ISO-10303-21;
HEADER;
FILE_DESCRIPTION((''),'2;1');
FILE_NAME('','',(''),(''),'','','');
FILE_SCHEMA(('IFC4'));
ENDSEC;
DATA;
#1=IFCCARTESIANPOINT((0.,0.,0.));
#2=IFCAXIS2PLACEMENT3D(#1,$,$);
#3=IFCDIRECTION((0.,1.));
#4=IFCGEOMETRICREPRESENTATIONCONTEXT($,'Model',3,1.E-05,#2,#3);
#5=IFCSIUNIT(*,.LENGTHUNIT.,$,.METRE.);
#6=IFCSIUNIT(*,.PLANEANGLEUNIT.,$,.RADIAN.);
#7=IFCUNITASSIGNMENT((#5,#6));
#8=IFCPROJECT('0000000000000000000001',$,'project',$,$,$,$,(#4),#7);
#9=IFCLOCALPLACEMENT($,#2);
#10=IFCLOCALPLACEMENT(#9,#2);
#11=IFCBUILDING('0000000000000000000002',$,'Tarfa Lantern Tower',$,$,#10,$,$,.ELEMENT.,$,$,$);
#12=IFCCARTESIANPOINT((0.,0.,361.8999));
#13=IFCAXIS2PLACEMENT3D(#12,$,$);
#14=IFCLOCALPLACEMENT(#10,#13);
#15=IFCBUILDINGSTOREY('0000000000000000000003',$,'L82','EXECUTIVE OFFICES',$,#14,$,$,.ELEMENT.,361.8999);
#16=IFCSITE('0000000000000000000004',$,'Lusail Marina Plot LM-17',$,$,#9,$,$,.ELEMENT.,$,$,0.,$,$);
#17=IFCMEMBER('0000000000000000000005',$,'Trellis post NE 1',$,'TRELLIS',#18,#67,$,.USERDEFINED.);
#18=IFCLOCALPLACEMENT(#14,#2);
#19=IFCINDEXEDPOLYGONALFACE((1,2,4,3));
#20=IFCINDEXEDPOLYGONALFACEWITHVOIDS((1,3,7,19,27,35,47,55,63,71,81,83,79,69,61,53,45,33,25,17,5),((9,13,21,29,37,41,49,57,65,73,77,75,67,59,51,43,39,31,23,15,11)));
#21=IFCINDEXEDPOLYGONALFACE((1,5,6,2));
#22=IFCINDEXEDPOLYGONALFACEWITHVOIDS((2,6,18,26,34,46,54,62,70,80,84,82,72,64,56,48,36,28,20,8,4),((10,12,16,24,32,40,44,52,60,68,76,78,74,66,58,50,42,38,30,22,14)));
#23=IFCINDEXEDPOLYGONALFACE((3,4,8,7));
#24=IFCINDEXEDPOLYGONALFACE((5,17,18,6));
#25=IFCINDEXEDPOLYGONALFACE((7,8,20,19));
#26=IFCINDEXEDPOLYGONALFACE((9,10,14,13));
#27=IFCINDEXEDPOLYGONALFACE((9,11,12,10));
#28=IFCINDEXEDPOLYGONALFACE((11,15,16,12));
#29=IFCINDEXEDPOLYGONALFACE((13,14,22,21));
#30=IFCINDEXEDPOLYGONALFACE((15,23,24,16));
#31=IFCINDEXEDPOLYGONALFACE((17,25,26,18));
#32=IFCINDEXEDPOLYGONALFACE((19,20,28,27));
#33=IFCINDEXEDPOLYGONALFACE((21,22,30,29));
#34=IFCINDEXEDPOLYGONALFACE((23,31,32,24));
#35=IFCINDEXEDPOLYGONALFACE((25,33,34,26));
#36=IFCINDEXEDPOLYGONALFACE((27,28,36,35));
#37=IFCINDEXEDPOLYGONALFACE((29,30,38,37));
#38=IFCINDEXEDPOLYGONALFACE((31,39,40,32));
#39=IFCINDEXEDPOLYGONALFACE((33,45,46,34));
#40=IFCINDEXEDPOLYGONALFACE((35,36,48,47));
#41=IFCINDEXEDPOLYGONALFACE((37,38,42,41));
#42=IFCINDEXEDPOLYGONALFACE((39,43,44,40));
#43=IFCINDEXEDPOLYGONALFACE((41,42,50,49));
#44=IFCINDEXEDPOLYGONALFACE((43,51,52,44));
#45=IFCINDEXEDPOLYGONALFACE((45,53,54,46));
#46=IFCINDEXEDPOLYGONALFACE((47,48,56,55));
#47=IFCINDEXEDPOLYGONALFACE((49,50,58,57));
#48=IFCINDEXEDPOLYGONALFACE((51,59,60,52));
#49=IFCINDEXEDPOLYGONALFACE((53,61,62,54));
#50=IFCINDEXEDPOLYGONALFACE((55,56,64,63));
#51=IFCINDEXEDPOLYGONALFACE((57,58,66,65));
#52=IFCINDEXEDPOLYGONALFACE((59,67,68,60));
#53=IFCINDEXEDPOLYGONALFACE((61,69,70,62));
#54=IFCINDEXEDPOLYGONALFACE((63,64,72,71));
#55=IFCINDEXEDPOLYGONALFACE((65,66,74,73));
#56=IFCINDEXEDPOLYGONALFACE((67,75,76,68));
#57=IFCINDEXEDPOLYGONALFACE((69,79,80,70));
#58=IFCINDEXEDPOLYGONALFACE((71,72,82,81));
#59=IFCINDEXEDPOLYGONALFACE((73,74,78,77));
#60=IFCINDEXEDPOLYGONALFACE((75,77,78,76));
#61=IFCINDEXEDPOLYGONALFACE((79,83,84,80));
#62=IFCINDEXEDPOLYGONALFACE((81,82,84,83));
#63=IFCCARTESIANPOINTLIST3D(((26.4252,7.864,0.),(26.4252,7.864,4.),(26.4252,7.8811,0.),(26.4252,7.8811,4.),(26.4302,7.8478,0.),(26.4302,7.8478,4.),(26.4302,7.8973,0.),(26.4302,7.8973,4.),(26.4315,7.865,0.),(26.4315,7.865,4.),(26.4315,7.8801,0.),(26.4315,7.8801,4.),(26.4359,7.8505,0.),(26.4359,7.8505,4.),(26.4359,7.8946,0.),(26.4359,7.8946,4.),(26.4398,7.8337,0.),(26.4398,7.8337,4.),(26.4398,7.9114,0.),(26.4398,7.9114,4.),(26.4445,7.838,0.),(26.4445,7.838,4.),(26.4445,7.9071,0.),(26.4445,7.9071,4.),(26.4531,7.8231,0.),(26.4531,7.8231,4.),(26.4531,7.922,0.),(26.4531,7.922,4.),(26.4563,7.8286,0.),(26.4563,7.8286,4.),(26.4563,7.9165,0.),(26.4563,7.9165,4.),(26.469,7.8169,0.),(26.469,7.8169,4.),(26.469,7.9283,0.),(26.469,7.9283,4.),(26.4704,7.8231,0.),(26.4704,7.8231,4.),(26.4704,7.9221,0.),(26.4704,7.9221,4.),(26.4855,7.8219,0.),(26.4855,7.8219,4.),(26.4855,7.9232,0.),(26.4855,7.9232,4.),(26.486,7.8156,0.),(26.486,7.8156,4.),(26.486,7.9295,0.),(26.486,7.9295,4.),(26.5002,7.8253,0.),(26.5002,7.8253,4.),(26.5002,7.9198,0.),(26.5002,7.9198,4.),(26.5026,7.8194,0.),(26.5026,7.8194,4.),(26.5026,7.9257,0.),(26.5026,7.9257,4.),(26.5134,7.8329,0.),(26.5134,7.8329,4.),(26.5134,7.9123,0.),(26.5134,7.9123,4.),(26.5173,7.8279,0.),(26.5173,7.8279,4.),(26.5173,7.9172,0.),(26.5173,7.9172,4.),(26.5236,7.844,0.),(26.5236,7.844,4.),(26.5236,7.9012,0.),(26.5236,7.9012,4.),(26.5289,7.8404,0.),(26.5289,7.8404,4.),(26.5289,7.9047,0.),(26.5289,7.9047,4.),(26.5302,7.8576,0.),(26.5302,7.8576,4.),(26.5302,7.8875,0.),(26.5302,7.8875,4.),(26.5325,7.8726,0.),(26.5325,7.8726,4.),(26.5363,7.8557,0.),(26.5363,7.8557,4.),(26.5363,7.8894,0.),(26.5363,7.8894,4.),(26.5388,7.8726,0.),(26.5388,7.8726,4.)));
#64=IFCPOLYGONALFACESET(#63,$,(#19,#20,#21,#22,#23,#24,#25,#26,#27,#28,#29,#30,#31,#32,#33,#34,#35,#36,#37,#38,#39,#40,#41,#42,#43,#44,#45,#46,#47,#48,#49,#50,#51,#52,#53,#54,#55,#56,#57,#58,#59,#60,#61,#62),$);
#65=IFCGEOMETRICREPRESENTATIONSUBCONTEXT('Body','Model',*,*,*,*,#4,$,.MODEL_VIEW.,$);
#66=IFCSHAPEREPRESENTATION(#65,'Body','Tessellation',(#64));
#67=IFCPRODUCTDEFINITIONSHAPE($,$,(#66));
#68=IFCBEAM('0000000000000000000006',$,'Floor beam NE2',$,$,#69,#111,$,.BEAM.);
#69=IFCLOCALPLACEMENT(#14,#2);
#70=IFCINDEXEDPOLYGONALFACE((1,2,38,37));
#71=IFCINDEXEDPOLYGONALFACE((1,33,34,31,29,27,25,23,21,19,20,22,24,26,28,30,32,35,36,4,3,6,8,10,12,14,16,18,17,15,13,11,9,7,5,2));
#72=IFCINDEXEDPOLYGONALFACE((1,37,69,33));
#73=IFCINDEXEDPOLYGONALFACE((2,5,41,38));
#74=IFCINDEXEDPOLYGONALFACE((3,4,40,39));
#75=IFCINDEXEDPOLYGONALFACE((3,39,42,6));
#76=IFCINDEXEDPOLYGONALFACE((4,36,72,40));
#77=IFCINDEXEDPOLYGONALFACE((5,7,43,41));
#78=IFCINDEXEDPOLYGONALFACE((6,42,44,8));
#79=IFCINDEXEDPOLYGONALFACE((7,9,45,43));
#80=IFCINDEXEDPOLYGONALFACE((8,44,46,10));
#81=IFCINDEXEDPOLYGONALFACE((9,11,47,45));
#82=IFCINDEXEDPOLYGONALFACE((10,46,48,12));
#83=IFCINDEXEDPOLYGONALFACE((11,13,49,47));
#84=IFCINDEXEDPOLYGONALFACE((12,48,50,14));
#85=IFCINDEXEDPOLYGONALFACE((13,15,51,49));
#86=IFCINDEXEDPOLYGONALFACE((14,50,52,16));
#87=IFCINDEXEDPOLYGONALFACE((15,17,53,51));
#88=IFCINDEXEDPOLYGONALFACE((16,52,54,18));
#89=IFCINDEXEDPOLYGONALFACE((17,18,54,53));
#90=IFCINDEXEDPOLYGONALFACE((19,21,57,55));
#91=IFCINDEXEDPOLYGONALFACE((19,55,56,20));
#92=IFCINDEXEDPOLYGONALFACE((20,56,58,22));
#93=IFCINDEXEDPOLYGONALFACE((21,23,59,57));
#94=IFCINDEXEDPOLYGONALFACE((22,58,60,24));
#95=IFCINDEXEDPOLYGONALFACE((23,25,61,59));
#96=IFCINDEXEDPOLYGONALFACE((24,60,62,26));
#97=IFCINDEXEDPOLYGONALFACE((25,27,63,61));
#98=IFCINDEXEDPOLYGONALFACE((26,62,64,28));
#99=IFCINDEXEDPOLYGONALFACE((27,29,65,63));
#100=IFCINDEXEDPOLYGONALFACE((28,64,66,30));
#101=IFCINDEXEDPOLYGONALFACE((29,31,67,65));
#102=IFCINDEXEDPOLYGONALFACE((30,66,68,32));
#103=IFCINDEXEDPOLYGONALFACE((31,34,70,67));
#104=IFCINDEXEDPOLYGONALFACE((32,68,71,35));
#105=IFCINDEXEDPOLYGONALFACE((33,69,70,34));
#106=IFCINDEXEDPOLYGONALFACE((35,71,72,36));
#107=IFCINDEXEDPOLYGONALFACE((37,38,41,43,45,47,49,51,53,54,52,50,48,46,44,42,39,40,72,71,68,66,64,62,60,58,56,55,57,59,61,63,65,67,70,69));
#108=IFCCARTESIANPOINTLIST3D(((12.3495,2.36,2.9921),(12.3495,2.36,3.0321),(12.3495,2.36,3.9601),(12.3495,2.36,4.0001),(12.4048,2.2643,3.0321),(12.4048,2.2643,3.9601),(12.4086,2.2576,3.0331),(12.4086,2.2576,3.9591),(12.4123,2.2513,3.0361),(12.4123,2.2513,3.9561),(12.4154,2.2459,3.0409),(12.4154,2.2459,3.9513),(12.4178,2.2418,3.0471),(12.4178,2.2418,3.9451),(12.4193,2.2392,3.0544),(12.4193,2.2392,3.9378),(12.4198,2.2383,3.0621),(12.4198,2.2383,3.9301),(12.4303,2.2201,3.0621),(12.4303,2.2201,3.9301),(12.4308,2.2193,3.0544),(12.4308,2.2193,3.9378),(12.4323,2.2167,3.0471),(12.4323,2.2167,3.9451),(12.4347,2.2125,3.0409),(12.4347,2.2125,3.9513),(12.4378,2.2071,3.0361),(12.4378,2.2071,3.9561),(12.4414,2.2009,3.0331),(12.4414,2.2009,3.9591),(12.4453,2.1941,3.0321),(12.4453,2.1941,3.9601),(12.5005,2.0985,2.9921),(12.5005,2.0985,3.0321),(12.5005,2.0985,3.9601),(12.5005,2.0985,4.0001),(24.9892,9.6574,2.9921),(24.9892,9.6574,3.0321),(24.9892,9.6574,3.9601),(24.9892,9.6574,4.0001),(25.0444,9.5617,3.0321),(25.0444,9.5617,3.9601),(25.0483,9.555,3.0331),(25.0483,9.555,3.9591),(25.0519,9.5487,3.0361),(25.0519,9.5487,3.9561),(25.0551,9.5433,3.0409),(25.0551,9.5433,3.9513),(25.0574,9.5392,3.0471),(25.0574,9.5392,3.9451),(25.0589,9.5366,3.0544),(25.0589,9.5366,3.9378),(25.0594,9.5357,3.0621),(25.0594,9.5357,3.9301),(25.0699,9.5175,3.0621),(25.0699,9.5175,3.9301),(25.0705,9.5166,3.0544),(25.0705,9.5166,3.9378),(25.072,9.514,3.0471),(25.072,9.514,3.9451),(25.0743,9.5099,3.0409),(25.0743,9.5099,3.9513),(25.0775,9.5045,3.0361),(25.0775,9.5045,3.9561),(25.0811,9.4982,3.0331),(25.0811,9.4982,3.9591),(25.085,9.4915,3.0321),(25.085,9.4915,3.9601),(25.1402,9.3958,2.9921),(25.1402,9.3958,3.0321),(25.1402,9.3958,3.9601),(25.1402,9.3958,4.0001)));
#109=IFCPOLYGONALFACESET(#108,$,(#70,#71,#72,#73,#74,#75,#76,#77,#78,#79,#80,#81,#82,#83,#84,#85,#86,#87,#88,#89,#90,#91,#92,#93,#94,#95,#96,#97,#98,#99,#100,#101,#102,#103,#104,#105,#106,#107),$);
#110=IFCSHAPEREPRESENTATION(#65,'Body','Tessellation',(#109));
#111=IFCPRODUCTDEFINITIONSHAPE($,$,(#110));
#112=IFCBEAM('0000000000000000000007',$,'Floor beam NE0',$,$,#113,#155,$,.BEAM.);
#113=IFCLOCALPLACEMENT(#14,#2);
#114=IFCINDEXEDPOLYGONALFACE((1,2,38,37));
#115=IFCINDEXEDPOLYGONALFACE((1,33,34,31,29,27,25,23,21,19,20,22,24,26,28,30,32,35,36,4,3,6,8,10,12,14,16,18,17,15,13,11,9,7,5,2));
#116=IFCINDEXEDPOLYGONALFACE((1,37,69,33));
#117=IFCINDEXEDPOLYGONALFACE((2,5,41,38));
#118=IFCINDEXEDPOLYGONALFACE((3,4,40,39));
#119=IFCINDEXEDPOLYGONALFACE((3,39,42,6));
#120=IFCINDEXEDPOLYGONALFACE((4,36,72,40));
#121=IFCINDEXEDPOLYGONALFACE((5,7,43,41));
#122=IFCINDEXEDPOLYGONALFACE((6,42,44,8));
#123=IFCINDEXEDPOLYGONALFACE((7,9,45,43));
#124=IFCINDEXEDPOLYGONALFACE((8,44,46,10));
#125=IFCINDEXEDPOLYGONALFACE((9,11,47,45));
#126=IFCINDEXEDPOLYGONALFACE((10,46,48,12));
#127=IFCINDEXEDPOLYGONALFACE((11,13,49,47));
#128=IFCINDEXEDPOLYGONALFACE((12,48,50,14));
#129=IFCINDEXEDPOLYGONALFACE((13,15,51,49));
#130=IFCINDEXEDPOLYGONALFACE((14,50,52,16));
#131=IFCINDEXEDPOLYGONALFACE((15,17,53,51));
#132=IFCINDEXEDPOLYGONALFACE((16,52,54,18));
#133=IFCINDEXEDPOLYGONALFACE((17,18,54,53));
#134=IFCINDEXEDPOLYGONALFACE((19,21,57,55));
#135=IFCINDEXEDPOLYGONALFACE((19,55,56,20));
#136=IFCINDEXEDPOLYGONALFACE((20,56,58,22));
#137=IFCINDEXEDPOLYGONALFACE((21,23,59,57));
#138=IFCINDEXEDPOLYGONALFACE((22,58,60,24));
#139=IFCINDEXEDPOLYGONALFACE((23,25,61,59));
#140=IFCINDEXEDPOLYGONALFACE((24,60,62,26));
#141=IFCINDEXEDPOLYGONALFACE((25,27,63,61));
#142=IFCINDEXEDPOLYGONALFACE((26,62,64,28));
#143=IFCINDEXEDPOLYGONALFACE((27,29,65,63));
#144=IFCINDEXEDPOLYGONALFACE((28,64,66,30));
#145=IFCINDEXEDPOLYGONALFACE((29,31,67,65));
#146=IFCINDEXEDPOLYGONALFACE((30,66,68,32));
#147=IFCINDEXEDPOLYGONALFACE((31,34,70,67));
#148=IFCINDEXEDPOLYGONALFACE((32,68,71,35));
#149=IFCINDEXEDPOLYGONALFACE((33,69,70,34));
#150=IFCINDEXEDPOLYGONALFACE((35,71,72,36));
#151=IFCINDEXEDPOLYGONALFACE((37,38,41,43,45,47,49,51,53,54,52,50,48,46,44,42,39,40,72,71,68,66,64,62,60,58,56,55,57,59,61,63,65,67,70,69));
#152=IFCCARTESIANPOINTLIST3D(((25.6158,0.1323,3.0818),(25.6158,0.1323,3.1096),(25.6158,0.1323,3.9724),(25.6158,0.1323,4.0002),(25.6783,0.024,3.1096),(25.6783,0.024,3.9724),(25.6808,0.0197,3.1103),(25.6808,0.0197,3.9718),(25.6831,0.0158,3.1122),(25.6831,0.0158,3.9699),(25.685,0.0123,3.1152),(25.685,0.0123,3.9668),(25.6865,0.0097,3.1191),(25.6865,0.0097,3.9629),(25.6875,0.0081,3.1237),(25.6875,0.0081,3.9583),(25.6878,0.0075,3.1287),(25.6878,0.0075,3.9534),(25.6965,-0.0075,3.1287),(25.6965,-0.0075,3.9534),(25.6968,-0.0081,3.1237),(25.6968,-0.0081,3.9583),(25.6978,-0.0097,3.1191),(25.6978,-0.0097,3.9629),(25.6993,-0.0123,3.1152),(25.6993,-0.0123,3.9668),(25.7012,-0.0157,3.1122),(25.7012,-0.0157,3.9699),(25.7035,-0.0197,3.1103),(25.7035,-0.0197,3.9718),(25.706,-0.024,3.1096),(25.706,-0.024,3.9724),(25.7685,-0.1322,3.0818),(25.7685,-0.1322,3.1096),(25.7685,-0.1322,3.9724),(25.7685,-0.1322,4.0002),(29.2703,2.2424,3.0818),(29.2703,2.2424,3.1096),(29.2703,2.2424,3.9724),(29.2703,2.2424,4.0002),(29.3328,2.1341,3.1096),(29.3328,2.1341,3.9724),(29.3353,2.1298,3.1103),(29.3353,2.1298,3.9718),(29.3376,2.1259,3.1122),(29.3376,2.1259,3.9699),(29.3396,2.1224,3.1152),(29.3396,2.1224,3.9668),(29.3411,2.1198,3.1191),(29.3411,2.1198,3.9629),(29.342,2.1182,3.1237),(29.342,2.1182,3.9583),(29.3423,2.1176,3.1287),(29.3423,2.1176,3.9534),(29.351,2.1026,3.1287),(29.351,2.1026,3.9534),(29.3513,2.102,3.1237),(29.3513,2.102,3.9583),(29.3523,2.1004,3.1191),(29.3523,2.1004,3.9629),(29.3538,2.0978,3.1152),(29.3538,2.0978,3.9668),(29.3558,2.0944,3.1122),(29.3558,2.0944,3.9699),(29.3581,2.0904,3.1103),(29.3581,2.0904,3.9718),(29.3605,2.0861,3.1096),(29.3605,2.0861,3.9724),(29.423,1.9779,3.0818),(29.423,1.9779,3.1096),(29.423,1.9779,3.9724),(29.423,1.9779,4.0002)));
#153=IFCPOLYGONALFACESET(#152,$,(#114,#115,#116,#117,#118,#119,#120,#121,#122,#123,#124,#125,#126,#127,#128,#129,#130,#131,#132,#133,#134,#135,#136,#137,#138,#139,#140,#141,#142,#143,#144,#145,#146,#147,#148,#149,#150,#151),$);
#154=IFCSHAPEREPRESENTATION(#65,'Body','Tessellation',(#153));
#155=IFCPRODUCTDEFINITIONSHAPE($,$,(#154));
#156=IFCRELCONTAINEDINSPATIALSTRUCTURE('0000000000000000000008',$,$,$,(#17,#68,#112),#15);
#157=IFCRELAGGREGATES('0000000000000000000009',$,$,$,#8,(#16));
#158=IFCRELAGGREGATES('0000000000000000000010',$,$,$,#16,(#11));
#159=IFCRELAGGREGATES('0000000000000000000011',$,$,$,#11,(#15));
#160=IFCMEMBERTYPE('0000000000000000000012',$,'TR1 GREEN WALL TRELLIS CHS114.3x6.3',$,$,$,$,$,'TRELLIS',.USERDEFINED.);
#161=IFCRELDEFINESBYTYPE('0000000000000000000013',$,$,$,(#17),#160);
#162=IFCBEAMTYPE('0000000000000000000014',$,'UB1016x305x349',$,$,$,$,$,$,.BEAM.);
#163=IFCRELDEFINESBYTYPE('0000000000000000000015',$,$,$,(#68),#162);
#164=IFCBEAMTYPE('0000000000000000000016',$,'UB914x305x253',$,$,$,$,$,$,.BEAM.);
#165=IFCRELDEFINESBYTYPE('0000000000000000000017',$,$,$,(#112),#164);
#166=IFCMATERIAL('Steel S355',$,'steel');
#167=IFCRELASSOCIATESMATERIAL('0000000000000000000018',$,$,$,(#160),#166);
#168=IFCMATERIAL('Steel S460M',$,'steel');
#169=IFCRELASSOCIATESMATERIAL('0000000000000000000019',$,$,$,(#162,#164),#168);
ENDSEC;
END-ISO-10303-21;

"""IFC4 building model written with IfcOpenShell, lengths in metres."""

from ifc_helpers import new_model, si_unit, direction, frame, origin, origin_2d, place, context, subcontext, project, spatial, hollow_circle, i_section, extrude, material, material_profile, profile_set, type_object, element, save


model = new_model("IFC4")

# Units and contexts
model_context = context("Model", 3, precision=1e-05, world=origin(), true_north=direction((0.0, 1.0)))
body_context = subcontext(model_context, "Body", "Model", "MODEL_VIEW")
ifc_project = project(units=[si_unit("LENGTHUNIT", "METRE"), si_unit("PLANEANGLEUNIT", "RADIAN")], contexts=[model_context])

# Site, building, storey
site_placement = place(None, origin())
site = spatial("IfcSite", under=ifc_project, at=site_placement, Name="Lusail Marina Plot LM-17", CompositionType="ELEMENT", RefElevation=0.0)
building_placement = place(site_placement, origin())
building = spatial("IfcBuilding", under=site, at=building_placement, Name="Tarfa Lantern Tower", CompositionType="ELEMENT")
storey_placement = place(building_placement, frame((0.0, 0.0, 361.8999)))
storey = spatial("IfcBuildingStorey", under=building, at=storey_placement, Name="L82", Description="EXECUTIVE OFFICES", CompositionType="ELEMENT", Elevation=361.8999)

# Member
ifc_material_1 = material(Name="Steel S355", Category="steel")
ifc_material_profile_1 = material_profile(ifc_material_1, hollow_circle(Radius=0.0571, WallThickness=0.0063, at=origin_2d()), Name="CHS114.3x6.3")
ifc_profile_set_1 = profile_set([ifc_material_profile_1], Name="Steel S355")
member_type_1 = type_object("IfcMemberType", Name="TR1 GREEN WALL TRELLIS CHS114.3x6.3", ElementType="TRELLIS", PredefinedType="USERDEFINED", material=ifc_profile_set_1)
member_1_placement = place(storey_placement, frame((26.4817, 7.8726, 0.0), z_axis=(0.0, 0.0, 1.0), x_axis=(1.0, 0.0, 0.0)))
element("IfcMember", 1, at=member_1_placement, inside=storey, type_object=member_type_1, Name="Trellis post NE 1", ObjectType="TRELLIS", PredefinedType="USERDEFINED", context=body_context, shape_type="SweptSolid", body=[
    extrude(hollow_circle(Radius=0.0571, WallThickness=0.0063, at=origin_2d()), origin(), (0.0, 0.0, 1.0), 4.0),
])

# Beams
ifc_material_2 = material(Name="Steel S460M", Category="steel")
ifc_material_profile_2 = material_profile(ifc_material_2, i_section(OverallWidth=0.302, OverallDepth=1.0081, WebThickness=0.021, FlangeThickness=0.04, FilletRadius=0.03, at=origin_2d()), Name="UB1016x305x349")
ifc_profile_set_2 = profile_set([ifc_material_profile_2], Name="Steel S460M")
beam_type_1 = type_object("IfcBeamType", Name="UB1016x305x349", PredefinedType="BEAM", material=ifc_profile_set_2)
beam_1_placement = place(storey_placement, frame((25.0647, 9.5266, 3.4961), z_axis=(-0.86603, -0.499993, 0.0), x_axis=(0.499993, -0.86603, 0.0)))
element("IfcBeam", 2, at=beam_1_placement, inside=storey, type_object=beam_type_1, Name="Floor beam NE2", PredefinedType="BEAM", context=body_context, shape_type="SweptSolid", body=[
    extrude(i_section(OverallWidth=0.302, OverallDepth=1.0081, WebThickness=0.021, FlangeThickness=0.04, FilletRadius=0.03, at=origin_2d()), origin(), (0.0, 0.0, 1.0), 14.595),
])
ifc_material_profile_3 = material_profile(ifc_material_2, i_section(OverallWidth=0.3054, OverallDepth=0.9185, WebThickness=0.0173, FlangeThickness=0.0278, FilletRadius=0.019, at=origin_2d()), Name="UB914x305x253")
ifc_profile_set_3 = profile_set([ifc_material_profile_3], Name="Steel S460M")
beam_type_2 = type_object("IfcBeamType", Name="UB914x305x253", PredefinedType="BEAM", material=ifc_profile_set_3)
beam_2_placement = place(storey_placement, frame((29.3467, 2.1101, 3.541), z_axis=(-0.866009, -0.500028, 0.0), x_axis=(0.500028, -0.866009, 0.0)))
element("IfcBeam", 3, at=beam_2_placement, inside=storey, type_object=beam_type_2, Name="Floor beam NE0", PredefinedType="BEAM", context=body_context, shape_type="SweptSolid", body=[
    extrude(i_section(OverallWidth=0.3054, OverallDepth=0.9185, WebThickness=0.0173, FlangeThickness=0.0278, FilletRadius=0.019, at=origin_2d()), origin(), (0.0, 0.0, 1.0), 4.22),
])

save(model, "model.ifc")
